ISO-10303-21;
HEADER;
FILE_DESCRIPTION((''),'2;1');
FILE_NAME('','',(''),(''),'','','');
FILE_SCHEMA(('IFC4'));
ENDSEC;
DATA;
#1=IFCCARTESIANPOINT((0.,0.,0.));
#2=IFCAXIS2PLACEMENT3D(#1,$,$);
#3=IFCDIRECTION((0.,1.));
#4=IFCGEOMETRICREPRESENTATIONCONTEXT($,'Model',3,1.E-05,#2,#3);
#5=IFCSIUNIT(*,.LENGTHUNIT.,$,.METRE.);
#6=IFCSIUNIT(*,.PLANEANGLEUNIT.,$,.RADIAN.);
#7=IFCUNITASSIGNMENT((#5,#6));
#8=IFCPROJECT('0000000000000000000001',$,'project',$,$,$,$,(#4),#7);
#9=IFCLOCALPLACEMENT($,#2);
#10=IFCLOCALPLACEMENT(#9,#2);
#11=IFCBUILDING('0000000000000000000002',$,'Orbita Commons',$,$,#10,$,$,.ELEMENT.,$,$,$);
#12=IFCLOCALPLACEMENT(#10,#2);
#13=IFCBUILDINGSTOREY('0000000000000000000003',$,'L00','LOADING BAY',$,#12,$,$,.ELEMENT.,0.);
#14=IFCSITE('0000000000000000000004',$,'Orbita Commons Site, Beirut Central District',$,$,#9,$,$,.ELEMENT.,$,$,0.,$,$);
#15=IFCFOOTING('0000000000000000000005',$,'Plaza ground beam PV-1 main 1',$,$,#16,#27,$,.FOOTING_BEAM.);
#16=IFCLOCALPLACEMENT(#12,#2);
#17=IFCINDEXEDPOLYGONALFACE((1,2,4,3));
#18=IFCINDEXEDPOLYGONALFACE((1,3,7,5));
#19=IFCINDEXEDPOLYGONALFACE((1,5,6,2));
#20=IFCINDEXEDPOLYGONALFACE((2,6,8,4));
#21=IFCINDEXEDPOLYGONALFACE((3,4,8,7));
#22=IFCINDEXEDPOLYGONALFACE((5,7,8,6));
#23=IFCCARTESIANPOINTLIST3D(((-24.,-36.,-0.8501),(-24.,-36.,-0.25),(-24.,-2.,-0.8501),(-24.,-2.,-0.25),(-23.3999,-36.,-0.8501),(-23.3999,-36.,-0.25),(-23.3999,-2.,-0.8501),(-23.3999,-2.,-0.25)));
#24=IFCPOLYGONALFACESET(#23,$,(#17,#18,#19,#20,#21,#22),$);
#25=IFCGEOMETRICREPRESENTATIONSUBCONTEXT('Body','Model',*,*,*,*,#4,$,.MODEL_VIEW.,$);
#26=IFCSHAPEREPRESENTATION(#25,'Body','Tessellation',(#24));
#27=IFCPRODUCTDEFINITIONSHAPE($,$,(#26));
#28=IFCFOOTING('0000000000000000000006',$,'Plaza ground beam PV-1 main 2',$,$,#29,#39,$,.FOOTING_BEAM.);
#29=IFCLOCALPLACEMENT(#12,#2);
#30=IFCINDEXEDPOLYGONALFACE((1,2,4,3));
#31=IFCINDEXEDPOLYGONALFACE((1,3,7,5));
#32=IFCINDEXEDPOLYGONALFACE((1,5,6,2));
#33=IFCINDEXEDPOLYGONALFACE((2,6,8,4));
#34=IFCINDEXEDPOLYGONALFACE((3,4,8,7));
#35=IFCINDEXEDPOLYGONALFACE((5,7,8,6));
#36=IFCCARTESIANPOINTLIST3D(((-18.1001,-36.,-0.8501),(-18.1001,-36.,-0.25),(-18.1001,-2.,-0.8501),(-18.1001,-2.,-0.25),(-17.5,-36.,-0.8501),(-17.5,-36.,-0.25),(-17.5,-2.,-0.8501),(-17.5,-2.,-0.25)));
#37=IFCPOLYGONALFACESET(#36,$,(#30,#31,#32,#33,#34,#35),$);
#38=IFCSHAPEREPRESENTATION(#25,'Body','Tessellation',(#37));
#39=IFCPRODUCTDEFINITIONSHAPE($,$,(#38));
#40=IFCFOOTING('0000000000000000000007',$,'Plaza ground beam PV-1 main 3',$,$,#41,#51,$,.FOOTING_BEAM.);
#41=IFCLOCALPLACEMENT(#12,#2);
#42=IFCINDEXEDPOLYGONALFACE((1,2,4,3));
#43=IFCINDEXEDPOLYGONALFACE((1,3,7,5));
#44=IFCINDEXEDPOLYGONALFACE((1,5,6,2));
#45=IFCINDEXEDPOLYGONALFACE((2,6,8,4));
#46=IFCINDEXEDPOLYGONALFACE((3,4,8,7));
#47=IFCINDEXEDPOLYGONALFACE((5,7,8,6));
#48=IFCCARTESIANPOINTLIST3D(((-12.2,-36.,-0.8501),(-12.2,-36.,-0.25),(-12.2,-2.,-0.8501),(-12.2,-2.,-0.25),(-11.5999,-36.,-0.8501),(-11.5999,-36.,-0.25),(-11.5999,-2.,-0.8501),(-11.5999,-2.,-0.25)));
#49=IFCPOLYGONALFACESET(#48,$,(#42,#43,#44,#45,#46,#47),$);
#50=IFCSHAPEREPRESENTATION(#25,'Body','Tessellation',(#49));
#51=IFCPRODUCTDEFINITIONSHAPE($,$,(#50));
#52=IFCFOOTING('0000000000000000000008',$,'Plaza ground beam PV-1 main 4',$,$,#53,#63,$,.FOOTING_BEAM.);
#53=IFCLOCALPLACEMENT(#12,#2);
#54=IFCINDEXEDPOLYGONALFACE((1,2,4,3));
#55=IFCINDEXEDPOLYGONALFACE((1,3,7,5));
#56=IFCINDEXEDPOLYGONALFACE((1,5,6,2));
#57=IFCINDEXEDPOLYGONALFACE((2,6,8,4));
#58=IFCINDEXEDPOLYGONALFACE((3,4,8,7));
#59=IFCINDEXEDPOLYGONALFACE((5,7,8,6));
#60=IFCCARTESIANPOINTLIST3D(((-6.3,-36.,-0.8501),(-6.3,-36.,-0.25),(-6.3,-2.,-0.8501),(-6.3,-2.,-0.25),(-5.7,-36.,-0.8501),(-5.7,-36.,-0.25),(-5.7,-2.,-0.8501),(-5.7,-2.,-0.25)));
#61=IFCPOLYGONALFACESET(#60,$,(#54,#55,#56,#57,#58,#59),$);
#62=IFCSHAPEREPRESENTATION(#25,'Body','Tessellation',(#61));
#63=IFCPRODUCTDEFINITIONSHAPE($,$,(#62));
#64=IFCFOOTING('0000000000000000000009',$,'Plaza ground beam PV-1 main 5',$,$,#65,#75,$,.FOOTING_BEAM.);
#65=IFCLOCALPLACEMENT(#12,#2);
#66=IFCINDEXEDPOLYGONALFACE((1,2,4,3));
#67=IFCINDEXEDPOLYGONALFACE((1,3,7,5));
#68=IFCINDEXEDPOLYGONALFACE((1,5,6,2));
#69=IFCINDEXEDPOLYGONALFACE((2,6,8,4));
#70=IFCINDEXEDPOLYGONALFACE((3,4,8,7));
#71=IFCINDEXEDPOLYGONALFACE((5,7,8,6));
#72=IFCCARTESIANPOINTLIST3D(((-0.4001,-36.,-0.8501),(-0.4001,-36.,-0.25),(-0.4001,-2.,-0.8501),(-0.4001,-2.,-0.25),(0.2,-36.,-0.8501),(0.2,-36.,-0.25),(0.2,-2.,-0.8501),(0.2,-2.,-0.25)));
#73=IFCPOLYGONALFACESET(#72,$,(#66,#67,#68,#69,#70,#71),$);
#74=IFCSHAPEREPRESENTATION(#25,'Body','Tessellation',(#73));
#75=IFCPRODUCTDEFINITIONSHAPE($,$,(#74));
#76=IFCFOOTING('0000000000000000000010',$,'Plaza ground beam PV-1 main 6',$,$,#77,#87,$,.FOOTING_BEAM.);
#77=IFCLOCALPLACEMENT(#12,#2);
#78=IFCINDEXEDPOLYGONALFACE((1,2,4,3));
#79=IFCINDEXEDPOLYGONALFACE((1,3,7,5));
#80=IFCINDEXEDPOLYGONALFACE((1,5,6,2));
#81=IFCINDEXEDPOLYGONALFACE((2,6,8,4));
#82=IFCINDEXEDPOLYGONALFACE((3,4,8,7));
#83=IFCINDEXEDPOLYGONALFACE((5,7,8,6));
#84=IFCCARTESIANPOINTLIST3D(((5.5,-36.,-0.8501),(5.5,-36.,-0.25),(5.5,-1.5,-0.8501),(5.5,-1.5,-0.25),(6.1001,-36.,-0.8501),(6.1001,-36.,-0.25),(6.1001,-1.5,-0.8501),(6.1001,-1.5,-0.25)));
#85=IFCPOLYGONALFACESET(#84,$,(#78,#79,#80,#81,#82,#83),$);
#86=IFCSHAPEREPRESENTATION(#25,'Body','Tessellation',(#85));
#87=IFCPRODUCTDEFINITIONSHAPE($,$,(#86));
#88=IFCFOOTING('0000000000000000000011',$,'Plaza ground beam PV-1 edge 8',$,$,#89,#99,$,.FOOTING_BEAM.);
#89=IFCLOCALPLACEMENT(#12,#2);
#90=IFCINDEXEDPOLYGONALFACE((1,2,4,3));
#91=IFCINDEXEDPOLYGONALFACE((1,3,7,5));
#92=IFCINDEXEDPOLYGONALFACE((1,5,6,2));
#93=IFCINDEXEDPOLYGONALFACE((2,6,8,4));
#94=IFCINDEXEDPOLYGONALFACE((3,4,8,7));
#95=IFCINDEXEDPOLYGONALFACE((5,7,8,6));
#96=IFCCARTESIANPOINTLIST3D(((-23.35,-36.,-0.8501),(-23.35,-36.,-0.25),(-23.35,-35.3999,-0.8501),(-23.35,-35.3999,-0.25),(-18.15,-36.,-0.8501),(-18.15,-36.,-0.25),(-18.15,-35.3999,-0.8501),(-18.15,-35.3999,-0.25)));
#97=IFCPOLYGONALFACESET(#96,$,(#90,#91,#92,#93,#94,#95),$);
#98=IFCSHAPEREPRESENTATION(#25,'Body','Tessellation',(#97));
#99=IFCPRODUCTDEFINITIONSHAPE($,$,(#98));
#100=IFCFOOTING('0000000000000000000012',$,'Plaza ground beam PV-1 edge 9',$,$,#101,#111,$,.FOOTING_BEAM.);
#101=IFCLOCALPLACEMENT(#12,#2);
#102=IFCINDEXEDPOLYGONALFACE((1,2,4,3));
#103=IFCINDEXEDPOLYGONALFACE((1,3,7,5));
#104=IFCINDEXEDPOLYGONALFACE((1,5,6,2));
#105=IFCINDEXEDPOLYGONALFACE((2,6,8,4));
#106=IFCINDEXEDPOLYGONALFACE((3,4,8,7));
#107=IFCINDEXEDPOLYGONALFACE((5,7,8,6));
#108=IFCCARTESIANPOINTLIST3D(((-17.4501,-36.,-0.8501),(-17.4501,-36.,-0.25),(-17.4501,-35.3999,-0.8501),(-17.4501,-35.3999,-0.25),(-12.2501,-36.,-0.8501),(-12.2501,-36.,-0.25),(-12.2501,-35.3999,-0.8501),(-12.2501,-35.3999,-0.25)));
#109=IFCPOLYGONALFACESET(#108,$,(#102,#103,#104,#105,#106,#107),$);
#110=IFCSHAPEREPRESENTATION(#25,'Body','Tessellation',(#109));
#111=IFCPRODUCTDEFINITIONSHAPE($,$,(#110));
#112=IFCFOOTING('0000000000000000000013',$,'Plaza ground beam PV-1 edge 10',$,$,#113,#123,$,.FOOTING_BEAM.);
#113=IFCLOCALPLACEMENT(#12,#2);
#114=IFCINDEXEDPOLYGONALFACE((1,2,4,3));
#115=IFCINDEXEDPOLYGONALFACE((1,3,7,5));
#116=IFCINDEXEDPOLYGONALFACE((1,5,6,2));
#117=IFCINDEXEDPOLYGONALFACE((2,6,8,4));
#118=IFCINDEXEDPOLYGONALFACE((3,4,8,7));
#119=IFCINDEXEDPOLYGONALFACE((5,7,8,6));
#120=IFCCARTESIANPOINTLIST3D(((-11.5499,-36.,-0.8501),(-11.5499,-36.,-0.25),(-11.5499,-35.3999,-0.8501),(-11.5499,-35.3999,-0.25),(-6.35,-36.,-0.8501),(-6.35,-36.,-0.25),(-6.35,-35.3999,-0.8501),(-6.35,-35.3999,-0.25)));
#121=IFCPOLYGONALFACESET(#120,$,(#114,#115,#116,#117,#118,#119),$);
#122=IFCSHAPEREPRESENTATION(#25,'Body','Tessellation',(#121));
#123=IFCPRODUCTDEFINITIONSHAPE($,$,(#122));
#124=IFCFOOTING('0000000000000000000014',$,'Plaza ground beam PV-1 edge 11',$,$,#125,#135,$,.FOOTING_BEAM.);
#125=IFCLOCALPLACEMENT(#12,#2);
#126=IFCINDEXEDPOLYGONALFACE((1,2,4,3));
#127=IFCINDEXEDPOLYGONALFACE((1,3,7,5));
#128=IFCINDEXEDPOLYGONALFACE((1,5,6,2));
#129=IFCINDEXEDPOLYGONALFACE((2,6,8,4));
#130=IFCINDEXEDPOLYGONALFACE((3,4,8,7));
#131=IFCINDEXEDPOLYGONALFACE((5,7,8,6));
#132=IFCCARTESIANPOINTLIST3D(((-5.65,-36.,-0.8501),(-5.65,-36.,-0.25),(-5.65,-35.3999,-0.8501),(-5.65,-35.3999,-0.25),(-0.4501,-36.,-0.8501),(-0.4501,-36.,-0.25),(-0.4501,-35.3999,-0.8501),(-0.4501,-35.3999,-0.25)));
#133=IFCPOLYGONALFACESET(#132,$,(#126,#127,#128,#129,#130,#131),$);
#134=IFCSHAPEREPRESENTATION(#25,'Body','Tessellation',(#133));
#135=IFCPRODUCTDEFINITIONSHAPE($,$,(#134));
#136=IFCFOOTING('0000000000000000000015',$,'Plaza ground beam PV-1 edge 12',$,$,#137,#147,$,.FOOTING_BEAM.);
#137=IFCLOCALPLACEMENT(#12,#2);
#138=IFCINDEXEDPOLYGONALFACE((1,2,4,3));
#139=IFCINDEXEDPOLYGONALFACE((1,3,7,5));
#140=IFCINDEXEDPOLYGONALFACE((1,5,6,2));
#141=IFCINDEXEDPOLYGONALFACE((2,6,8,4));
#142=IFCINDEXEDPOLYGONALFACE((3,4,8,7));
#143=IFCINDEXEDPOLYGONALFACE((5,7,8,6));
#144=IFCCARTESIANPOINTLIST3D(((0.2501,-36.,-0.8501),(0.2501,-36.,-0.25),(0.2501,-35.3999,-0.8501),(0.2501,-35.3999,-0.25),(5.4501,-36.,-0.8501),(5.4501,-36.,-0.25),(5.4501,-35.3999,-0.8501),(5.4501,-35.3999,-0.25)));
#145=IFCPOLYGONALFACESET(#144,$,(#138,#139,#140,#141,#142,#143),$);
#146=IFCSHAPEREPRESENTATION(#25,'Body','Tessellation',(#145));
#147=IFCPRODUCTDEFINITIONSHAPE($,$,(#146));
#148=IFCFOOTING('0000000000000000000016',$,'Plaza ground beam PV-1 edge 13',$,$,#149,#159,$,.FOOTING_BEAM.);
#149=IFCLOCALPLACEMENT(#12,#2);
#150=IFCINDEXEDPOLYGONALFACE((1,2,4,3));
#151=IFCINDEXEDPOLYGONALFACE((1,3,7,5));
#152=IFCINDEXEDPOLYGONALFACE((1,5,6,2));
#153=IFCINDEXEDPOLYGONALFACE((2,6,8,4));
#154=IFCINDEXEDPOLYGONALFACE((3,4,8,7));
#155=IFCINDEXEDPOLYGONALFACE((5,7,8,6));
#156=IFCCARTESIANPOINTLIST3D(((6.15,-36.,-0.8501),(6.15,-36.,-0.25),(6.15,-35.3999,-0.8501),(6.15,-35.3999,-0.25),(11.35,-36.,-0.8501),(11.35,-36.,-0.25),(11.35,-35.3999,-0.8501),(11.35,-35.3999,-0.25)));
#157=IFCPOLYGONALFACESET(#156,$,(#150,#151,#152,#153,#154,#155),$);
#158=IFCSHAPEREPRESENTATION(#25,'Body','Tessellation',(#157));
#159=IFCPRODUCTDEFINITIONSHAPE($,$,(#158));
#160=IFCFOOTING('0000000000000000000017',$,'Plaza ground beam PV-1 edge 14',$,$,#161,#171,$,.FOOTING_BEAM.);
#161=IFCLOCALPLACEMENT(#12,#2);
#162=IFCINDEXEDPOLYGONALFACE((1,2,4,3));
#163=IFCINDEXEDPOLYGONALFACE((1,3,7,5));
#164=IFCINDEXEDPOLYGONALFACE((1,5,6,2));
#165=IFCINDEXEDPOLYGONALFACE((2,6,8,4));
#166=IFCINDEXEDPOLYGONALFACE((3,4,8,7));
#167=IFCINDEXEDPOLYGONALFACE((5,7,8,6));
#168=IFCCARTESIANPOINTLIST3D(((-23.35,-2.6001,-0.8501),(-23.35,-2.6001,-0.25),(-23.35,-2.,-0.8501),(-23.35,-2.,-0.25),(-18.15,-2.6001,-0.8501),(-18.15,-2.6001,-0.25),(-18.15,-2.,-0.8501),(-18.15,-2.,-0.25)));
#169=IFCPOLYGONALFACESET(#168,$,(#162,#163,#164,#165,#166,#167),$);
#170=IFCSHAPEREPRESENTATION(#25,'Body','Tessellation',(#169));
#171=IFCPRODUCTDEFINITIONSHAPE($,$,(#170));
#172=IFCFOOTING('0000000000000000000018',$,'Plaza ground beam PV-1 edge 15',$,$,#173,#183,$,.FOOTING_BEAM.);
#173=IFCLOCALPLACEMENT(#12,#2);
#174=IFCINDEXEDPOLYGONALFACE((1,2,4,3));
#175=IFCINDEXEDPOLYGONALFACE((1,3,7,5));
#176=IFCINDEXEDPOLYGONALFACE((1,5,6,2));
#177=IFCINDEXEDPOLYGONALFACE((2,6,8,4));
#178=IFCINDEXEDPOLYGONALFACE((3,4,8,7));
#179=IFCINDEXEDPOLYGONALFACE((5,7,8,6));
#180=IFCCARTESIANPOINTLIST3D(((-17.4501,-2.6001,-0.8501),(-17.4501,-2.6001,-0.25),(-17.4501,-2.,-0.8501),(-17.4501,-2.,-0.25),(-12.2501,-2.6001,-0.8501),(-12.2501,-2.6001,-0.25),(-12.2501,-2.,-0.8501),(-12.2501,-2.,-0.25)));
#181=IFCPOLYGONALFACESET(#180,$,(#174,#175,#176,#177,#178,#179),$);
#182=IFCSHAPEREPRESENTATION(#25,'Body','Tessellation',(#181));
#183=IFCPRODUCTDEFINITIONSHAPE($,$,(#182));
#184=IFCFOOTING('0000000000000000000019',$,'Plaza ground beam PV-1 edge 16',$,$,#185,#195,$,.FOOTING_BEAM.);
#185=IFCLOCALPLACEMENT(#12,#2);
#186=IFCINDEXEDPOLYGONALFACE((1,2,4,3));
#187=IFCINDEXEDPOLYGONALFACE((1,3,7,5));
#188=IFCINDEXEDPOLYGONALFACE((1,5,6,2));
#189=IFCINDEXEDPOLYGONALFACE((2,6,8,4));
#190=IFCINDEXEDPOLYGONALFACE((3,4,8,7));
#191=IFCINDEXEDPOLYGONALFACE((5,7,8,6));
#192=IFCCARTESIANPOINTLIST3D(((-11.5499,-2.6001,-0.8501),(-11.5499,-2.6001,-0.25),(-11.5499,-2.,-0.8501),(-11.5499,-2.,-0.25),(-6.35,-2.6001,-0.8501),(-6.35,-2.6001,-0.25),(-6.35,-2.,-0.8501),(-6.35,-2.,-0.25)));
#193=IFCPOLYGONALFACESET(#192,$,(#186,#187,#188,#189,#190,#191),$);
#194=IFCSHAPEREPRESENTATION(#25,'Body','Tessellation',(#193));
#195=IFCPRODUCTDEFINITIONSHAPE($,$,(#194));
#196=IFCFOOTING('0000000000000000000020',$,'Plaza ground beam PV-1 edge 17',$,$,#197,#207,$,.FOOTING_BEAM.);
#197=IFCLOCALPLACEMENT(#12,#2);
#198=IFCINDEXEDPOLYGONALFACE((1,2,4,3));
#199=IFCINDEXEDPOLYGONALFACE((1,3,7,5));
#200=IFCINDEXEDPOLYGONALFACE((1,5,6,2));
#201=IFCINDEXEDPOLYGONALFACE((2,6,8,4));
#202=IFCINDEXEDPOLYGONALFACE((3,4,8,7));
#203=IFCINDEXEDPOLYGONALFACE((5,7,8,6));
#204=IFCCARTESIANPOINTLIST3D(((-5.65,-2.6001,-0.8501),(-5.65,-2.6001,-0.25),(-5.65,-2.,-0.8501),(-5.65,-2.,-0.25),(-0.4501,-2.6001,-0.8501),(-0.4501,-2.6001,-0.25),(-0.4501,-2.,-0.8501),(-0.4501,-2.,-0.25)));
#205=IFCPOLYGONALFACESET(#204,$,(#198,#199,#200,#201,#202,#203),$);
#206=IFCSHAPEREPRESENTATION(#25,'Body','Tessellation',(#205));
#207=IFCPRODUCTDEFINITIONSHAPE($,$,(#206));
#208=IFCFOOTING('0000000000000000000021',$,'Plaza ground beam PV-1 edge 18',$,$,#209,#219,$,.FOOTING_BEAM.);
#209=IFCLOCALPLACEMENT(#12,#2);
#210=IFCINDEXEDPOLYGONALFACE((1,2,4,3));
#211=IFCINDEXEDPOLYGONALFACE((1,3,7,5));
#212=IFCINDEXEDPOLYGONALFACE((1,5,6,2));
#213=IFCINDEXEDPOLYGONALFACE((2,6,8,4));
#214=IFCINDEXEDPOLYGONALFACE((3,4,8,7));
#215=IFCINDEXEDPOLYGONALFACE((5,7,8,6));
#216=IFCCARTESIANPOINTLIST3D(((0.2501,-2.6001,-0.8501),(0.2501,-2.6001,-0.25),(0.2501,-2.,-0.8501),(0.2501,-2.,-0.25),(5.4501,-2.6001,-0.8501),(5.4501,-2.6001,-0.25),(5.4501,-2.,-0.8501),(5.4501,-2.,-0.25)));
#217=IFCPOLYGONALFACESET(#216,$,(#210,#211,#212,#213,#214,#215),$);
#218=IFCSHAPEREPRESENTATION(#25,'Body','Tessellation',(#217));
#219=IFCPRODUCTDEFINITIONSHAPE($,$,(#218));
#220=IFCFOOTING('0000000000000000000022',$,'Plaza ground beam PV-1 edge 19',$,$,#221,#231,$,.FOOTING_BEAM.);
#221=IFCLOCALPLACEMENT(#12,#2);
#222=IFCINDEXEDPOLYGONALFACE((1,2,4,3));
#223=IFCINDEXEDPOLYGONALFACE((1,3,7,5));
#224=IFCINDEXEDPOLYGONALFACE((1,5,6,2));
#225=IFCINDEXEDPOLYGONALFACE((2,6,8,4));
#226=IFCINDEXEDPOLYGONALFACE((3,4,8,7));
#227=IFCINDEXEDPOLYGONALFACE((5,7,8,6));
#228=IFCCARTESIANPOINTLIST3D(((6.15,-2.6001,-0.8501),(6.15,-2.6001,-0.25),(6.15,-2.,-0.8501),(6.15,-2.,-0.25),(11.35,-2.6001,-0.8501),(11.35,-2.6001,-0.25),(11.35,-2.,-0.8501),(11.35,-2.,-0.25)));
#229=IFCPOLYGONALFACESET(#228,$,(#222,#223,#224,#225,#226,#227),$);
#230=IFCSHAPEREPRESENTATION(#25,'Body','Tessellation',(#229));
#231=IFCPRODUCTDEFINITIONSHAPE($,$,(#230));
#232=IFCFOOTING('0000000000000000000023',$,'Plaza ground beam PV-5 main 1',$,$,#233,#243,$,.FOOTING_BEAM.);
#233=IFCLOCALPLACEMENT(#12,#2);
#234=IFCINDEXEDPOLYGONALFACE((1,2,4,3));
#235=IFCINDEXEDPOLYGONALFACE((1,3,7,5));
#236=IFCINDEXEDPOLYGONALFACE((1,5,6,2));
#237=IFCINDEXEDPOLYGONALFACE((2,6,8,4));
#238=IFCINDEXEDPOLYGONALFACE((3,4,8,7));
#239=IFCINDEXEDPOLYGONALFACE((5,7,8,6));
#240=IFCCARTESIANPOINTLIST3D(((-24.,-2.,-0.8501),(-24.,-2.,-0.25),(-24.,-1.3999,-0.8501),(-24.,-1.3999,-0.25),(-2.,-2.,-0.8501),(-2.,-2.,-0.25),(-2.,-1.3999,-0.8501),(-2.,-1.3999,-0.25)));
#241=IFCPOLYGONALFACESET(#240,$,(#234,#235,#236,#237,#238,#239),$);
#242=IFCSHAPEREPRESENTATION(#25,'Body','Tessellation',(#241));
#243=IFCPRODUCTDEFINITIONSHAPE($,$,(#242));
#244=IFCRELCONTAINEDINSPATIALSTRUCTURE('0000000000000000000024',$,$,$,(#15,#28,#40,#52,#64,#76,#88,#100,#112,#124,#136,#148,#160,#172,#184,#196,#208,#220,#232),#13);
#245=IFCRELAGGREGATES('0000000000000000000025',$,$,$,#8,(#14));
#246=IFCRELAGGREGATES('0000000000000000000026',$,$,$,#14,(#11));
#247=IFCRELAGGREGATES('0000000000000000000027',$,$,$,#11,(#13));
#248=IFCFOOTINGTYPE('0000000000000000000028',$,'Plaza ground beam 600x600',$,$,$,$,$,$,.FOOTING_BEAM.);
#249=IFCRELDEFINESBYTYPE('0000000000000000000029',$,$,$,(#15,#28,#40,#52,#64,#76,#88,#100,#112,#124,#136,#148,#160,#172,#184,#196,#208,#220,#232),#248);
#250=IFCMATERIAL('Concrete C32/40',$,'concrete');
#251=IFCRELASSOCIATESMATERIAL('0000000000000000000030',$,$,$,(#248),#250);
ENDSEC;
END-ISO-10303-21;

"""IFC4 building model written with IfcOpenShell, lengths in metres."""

from ifc_helpers import new_model, si_unit, direction, frame, origin, origin_2d, place, context, subcontext, project, spatial, rectangle, extrude, material, type_object, element, save


model = new_model("IFC4")

# Units and contexts
model_context = context("Model", 3, precision=1e-05, world=origin(), true_north=direction((0.0, 1.0)))
body_context = subcontext(model_context, "Body", "Model", "MODEL_VIEW")
ifc_project = project(units=[si_unit("LENGTHUNIT", "METRE"), si_unit("PLANEANGLEUNIT", "RADIAN")], contexts=[model_context])

# Site, building, storey
site_placement = place(None, origin())
site = spatial("IfcSite", under=ifc_project, at=site_placement, Name="Orbita Commons Site, Beirut Central District", CompositionType="ELEMENT", RefElevation=0.0)
building_placement = place(site_placement, origin())
building = spatial("IfcBuilding", under=site, at=building_placement, Name="Orbita Commons", CompositionType="ELEMENT")
storey_placement = place(building_placement, origin())
storey = spatial("IfcBuildingStorey", under=building, at=storey_placement, Name="L00", Description="LOADING BAY", CompositionType="ELEMENT", Elevation=0.0)

# Footings
ifc_material_1 = material(Name="Concrete C32/40", Category="concrete")
footing_type = type_object("IfcFootingType", Name="Plaza ground beam 600x600", PredefinedType="FOOTING_BEAM", material=ifc_material_1)
for number, where, z_axis, x_axis, name in (
    (1, (-23.7, -19.0, -0.8501), (0.0, 0.0, 1.0), (1.0, 0.0, 0.0), "Plaza ground beam PV-1 main 1"),
    (2, (-17.8, -19.0, -0.8501), (0.0, 0.0, 1.0), (1.0, 0.0, 0.0), "Plaza ground beam PV-1 main 2"),
    (3, (-11.8999, -19.0, -0.8501), (0.0, 0.0, 1.0), (1.0, 0.0, 0.0), "Plaza ground beam PV-1 main 3"),
    (4, (-6.0, -19.0, -0.8501), (0.0, 0.0, 1.0), (1.0, 0.0, 0.0), "Plaza ground beam PV-1 main 4"),
    (5, (-0.1001, -19.0, -0.8501), (0.0, 0.0, 1.0), (1.0, 0.0, 0.0), "Plaza ground beam PV-1 main 5"),
):
    element("IfcFooting", number, at=place(storey_placement, frame(where, z_axis=z_axis, x_axis=x_axis)), inside=storey, type_object=footing_type, Name=name, PredefinedType="FOOTING_BEAM", context=body_context, shape_type="SweptSolid", body=[
        extrude(rectangle(XDim=0.6001, YDim=34.0, at=origin_2d()), origin(), (0.0, 0.0, 1.0), 0.6001),
    ])
footing_1_placement = place(storey_placement, frame((5.8, -18.75, -0.8501), z_axis=(0.0, 0.0, 1.0), x_axis=(1.0, 0.0, 0.0)))
element("IfcFooting", 6, at=footing_1_placement, inside=storey, type_object=footing_type, Name="Plaza ground beam PV-1 main 6", PredefinedType="FOOTING_BEAM", context=body_context, shape_type="SweptSolid", body=[
    extrude(rectangle(XDim=0.6001, YDim=34.5, at=origin_2d()), origin(), (0.0, 0.0, 1.0), 0.6001),
])
for number, where, z_axis, x_axis, name in (
    (7, (-20.75, -35.7, -0.8501), (0.0, 0.0, 1.0), (1.0, 0.0, 0.0), "Plaza ground beam PV-1 edge 8"),
    (8, (-14.8501, -35.7, -0.8501), (0.0, 0.0, 1.0), (1.0, 0.0, 0.0), "Plaza ground beam PV-1 edge 9"),
    (9, (-8.95, -35.7, -0.8501), (0.0, 0.0, 1.0), (1.0, 0.0, 0.0), "Plaza ground beam PV-1 edge 10"),
    (10, (-3.05, -35.7, -0.8501), (0.0, 0.0, 1.0), (1.0, 0.0, 0.0), "Plaza ground beam PV-1 edge 11"),
    (11, (2.8501, -35.7, -0.8501), (0.0, 0.0, 1.0), (1.0, 0.0, 0.0), "Plaza ground beam PV-1 edge 12"),
    (12, (8.75, -35.7, -0.8501), (0.0, 0.0, 1.0), (1.0, 0.0, 0.0), "Plaza ground beam PV-1 edge 13"),
    (13, (-20.75, -2.3, -0.8501), (0.0, 0.0, 1.0), (1.0, 0.0, 0.0), "Plaza ground beam PV-1 edge 14"),
    (14, (-14.8501, -2.3, -0.8501), (0.0, 0.0, 1.0), (1.0, 0.0, 0.0), "Plaza ground beam PV-1 edge 15"),
    (15, (-8.95, -2.3, -0.8501), (0.0, 0.0, 1.0), (1.0, 0.0, 0.0), "Plaza ground beam PV-1 edge 16"),
    (16, (-3.05, -2.3, -0.8501), (0.0, 0.0, 1.0), (1.0, 0.0, 0.0), "Plaza ground beam PV-1 edge 17"),
    (17, (2.8501, -2.3, -0.8501), (0.0, 0.0, 1.0), (1.0, 0.0, 0.0), "Plaza ground beam PV-1 edge 18"),
    (18, (8.75, -2.3, -0.8501), (0.0, 0.0, 1.0), (1.0, 0.0, 0.0), "Plaza ground beam PV-1 edge 19"),
):
    element("IfcFooting", number, at=place(storey_placement, frame(where, z_axis=z_axis, x_axis=x_axis)), inside=storey, type_object=footing_type, Name=name, PredefinedType="FOOTING_BEAM", context=body_context, shape_type="SweptSolid", body=[
        extrude(rectangle(XDim=5.2, YDim=0.6001, at=origin_2d()), origin(), (0.0, 0.0, 1.0), 0.6001),
    ])
footing_2_placement = place(storey_placement, frame((-13.0, -1.7, -0.8501), z_axis=(0.0, 0.0, 1.0), x_axis=(1.0, 0.0, 0.0)))
element("IfcFooting", 19, at=footing_2_placement, inside=storey, type_object=footing_type, Name="Plaza ground beam PV-5 main 1", PredefinedType="FOOTING_BEAM", context=body_context, shape_type="SweptSolid", body=[
    extrude(rectangle(XDim=22.0, YDim=0.6001, at=origin_2d()), origin(), (0.0, 0.0, 1.0), 0.6001),
])

save(model, "model.ifc")
